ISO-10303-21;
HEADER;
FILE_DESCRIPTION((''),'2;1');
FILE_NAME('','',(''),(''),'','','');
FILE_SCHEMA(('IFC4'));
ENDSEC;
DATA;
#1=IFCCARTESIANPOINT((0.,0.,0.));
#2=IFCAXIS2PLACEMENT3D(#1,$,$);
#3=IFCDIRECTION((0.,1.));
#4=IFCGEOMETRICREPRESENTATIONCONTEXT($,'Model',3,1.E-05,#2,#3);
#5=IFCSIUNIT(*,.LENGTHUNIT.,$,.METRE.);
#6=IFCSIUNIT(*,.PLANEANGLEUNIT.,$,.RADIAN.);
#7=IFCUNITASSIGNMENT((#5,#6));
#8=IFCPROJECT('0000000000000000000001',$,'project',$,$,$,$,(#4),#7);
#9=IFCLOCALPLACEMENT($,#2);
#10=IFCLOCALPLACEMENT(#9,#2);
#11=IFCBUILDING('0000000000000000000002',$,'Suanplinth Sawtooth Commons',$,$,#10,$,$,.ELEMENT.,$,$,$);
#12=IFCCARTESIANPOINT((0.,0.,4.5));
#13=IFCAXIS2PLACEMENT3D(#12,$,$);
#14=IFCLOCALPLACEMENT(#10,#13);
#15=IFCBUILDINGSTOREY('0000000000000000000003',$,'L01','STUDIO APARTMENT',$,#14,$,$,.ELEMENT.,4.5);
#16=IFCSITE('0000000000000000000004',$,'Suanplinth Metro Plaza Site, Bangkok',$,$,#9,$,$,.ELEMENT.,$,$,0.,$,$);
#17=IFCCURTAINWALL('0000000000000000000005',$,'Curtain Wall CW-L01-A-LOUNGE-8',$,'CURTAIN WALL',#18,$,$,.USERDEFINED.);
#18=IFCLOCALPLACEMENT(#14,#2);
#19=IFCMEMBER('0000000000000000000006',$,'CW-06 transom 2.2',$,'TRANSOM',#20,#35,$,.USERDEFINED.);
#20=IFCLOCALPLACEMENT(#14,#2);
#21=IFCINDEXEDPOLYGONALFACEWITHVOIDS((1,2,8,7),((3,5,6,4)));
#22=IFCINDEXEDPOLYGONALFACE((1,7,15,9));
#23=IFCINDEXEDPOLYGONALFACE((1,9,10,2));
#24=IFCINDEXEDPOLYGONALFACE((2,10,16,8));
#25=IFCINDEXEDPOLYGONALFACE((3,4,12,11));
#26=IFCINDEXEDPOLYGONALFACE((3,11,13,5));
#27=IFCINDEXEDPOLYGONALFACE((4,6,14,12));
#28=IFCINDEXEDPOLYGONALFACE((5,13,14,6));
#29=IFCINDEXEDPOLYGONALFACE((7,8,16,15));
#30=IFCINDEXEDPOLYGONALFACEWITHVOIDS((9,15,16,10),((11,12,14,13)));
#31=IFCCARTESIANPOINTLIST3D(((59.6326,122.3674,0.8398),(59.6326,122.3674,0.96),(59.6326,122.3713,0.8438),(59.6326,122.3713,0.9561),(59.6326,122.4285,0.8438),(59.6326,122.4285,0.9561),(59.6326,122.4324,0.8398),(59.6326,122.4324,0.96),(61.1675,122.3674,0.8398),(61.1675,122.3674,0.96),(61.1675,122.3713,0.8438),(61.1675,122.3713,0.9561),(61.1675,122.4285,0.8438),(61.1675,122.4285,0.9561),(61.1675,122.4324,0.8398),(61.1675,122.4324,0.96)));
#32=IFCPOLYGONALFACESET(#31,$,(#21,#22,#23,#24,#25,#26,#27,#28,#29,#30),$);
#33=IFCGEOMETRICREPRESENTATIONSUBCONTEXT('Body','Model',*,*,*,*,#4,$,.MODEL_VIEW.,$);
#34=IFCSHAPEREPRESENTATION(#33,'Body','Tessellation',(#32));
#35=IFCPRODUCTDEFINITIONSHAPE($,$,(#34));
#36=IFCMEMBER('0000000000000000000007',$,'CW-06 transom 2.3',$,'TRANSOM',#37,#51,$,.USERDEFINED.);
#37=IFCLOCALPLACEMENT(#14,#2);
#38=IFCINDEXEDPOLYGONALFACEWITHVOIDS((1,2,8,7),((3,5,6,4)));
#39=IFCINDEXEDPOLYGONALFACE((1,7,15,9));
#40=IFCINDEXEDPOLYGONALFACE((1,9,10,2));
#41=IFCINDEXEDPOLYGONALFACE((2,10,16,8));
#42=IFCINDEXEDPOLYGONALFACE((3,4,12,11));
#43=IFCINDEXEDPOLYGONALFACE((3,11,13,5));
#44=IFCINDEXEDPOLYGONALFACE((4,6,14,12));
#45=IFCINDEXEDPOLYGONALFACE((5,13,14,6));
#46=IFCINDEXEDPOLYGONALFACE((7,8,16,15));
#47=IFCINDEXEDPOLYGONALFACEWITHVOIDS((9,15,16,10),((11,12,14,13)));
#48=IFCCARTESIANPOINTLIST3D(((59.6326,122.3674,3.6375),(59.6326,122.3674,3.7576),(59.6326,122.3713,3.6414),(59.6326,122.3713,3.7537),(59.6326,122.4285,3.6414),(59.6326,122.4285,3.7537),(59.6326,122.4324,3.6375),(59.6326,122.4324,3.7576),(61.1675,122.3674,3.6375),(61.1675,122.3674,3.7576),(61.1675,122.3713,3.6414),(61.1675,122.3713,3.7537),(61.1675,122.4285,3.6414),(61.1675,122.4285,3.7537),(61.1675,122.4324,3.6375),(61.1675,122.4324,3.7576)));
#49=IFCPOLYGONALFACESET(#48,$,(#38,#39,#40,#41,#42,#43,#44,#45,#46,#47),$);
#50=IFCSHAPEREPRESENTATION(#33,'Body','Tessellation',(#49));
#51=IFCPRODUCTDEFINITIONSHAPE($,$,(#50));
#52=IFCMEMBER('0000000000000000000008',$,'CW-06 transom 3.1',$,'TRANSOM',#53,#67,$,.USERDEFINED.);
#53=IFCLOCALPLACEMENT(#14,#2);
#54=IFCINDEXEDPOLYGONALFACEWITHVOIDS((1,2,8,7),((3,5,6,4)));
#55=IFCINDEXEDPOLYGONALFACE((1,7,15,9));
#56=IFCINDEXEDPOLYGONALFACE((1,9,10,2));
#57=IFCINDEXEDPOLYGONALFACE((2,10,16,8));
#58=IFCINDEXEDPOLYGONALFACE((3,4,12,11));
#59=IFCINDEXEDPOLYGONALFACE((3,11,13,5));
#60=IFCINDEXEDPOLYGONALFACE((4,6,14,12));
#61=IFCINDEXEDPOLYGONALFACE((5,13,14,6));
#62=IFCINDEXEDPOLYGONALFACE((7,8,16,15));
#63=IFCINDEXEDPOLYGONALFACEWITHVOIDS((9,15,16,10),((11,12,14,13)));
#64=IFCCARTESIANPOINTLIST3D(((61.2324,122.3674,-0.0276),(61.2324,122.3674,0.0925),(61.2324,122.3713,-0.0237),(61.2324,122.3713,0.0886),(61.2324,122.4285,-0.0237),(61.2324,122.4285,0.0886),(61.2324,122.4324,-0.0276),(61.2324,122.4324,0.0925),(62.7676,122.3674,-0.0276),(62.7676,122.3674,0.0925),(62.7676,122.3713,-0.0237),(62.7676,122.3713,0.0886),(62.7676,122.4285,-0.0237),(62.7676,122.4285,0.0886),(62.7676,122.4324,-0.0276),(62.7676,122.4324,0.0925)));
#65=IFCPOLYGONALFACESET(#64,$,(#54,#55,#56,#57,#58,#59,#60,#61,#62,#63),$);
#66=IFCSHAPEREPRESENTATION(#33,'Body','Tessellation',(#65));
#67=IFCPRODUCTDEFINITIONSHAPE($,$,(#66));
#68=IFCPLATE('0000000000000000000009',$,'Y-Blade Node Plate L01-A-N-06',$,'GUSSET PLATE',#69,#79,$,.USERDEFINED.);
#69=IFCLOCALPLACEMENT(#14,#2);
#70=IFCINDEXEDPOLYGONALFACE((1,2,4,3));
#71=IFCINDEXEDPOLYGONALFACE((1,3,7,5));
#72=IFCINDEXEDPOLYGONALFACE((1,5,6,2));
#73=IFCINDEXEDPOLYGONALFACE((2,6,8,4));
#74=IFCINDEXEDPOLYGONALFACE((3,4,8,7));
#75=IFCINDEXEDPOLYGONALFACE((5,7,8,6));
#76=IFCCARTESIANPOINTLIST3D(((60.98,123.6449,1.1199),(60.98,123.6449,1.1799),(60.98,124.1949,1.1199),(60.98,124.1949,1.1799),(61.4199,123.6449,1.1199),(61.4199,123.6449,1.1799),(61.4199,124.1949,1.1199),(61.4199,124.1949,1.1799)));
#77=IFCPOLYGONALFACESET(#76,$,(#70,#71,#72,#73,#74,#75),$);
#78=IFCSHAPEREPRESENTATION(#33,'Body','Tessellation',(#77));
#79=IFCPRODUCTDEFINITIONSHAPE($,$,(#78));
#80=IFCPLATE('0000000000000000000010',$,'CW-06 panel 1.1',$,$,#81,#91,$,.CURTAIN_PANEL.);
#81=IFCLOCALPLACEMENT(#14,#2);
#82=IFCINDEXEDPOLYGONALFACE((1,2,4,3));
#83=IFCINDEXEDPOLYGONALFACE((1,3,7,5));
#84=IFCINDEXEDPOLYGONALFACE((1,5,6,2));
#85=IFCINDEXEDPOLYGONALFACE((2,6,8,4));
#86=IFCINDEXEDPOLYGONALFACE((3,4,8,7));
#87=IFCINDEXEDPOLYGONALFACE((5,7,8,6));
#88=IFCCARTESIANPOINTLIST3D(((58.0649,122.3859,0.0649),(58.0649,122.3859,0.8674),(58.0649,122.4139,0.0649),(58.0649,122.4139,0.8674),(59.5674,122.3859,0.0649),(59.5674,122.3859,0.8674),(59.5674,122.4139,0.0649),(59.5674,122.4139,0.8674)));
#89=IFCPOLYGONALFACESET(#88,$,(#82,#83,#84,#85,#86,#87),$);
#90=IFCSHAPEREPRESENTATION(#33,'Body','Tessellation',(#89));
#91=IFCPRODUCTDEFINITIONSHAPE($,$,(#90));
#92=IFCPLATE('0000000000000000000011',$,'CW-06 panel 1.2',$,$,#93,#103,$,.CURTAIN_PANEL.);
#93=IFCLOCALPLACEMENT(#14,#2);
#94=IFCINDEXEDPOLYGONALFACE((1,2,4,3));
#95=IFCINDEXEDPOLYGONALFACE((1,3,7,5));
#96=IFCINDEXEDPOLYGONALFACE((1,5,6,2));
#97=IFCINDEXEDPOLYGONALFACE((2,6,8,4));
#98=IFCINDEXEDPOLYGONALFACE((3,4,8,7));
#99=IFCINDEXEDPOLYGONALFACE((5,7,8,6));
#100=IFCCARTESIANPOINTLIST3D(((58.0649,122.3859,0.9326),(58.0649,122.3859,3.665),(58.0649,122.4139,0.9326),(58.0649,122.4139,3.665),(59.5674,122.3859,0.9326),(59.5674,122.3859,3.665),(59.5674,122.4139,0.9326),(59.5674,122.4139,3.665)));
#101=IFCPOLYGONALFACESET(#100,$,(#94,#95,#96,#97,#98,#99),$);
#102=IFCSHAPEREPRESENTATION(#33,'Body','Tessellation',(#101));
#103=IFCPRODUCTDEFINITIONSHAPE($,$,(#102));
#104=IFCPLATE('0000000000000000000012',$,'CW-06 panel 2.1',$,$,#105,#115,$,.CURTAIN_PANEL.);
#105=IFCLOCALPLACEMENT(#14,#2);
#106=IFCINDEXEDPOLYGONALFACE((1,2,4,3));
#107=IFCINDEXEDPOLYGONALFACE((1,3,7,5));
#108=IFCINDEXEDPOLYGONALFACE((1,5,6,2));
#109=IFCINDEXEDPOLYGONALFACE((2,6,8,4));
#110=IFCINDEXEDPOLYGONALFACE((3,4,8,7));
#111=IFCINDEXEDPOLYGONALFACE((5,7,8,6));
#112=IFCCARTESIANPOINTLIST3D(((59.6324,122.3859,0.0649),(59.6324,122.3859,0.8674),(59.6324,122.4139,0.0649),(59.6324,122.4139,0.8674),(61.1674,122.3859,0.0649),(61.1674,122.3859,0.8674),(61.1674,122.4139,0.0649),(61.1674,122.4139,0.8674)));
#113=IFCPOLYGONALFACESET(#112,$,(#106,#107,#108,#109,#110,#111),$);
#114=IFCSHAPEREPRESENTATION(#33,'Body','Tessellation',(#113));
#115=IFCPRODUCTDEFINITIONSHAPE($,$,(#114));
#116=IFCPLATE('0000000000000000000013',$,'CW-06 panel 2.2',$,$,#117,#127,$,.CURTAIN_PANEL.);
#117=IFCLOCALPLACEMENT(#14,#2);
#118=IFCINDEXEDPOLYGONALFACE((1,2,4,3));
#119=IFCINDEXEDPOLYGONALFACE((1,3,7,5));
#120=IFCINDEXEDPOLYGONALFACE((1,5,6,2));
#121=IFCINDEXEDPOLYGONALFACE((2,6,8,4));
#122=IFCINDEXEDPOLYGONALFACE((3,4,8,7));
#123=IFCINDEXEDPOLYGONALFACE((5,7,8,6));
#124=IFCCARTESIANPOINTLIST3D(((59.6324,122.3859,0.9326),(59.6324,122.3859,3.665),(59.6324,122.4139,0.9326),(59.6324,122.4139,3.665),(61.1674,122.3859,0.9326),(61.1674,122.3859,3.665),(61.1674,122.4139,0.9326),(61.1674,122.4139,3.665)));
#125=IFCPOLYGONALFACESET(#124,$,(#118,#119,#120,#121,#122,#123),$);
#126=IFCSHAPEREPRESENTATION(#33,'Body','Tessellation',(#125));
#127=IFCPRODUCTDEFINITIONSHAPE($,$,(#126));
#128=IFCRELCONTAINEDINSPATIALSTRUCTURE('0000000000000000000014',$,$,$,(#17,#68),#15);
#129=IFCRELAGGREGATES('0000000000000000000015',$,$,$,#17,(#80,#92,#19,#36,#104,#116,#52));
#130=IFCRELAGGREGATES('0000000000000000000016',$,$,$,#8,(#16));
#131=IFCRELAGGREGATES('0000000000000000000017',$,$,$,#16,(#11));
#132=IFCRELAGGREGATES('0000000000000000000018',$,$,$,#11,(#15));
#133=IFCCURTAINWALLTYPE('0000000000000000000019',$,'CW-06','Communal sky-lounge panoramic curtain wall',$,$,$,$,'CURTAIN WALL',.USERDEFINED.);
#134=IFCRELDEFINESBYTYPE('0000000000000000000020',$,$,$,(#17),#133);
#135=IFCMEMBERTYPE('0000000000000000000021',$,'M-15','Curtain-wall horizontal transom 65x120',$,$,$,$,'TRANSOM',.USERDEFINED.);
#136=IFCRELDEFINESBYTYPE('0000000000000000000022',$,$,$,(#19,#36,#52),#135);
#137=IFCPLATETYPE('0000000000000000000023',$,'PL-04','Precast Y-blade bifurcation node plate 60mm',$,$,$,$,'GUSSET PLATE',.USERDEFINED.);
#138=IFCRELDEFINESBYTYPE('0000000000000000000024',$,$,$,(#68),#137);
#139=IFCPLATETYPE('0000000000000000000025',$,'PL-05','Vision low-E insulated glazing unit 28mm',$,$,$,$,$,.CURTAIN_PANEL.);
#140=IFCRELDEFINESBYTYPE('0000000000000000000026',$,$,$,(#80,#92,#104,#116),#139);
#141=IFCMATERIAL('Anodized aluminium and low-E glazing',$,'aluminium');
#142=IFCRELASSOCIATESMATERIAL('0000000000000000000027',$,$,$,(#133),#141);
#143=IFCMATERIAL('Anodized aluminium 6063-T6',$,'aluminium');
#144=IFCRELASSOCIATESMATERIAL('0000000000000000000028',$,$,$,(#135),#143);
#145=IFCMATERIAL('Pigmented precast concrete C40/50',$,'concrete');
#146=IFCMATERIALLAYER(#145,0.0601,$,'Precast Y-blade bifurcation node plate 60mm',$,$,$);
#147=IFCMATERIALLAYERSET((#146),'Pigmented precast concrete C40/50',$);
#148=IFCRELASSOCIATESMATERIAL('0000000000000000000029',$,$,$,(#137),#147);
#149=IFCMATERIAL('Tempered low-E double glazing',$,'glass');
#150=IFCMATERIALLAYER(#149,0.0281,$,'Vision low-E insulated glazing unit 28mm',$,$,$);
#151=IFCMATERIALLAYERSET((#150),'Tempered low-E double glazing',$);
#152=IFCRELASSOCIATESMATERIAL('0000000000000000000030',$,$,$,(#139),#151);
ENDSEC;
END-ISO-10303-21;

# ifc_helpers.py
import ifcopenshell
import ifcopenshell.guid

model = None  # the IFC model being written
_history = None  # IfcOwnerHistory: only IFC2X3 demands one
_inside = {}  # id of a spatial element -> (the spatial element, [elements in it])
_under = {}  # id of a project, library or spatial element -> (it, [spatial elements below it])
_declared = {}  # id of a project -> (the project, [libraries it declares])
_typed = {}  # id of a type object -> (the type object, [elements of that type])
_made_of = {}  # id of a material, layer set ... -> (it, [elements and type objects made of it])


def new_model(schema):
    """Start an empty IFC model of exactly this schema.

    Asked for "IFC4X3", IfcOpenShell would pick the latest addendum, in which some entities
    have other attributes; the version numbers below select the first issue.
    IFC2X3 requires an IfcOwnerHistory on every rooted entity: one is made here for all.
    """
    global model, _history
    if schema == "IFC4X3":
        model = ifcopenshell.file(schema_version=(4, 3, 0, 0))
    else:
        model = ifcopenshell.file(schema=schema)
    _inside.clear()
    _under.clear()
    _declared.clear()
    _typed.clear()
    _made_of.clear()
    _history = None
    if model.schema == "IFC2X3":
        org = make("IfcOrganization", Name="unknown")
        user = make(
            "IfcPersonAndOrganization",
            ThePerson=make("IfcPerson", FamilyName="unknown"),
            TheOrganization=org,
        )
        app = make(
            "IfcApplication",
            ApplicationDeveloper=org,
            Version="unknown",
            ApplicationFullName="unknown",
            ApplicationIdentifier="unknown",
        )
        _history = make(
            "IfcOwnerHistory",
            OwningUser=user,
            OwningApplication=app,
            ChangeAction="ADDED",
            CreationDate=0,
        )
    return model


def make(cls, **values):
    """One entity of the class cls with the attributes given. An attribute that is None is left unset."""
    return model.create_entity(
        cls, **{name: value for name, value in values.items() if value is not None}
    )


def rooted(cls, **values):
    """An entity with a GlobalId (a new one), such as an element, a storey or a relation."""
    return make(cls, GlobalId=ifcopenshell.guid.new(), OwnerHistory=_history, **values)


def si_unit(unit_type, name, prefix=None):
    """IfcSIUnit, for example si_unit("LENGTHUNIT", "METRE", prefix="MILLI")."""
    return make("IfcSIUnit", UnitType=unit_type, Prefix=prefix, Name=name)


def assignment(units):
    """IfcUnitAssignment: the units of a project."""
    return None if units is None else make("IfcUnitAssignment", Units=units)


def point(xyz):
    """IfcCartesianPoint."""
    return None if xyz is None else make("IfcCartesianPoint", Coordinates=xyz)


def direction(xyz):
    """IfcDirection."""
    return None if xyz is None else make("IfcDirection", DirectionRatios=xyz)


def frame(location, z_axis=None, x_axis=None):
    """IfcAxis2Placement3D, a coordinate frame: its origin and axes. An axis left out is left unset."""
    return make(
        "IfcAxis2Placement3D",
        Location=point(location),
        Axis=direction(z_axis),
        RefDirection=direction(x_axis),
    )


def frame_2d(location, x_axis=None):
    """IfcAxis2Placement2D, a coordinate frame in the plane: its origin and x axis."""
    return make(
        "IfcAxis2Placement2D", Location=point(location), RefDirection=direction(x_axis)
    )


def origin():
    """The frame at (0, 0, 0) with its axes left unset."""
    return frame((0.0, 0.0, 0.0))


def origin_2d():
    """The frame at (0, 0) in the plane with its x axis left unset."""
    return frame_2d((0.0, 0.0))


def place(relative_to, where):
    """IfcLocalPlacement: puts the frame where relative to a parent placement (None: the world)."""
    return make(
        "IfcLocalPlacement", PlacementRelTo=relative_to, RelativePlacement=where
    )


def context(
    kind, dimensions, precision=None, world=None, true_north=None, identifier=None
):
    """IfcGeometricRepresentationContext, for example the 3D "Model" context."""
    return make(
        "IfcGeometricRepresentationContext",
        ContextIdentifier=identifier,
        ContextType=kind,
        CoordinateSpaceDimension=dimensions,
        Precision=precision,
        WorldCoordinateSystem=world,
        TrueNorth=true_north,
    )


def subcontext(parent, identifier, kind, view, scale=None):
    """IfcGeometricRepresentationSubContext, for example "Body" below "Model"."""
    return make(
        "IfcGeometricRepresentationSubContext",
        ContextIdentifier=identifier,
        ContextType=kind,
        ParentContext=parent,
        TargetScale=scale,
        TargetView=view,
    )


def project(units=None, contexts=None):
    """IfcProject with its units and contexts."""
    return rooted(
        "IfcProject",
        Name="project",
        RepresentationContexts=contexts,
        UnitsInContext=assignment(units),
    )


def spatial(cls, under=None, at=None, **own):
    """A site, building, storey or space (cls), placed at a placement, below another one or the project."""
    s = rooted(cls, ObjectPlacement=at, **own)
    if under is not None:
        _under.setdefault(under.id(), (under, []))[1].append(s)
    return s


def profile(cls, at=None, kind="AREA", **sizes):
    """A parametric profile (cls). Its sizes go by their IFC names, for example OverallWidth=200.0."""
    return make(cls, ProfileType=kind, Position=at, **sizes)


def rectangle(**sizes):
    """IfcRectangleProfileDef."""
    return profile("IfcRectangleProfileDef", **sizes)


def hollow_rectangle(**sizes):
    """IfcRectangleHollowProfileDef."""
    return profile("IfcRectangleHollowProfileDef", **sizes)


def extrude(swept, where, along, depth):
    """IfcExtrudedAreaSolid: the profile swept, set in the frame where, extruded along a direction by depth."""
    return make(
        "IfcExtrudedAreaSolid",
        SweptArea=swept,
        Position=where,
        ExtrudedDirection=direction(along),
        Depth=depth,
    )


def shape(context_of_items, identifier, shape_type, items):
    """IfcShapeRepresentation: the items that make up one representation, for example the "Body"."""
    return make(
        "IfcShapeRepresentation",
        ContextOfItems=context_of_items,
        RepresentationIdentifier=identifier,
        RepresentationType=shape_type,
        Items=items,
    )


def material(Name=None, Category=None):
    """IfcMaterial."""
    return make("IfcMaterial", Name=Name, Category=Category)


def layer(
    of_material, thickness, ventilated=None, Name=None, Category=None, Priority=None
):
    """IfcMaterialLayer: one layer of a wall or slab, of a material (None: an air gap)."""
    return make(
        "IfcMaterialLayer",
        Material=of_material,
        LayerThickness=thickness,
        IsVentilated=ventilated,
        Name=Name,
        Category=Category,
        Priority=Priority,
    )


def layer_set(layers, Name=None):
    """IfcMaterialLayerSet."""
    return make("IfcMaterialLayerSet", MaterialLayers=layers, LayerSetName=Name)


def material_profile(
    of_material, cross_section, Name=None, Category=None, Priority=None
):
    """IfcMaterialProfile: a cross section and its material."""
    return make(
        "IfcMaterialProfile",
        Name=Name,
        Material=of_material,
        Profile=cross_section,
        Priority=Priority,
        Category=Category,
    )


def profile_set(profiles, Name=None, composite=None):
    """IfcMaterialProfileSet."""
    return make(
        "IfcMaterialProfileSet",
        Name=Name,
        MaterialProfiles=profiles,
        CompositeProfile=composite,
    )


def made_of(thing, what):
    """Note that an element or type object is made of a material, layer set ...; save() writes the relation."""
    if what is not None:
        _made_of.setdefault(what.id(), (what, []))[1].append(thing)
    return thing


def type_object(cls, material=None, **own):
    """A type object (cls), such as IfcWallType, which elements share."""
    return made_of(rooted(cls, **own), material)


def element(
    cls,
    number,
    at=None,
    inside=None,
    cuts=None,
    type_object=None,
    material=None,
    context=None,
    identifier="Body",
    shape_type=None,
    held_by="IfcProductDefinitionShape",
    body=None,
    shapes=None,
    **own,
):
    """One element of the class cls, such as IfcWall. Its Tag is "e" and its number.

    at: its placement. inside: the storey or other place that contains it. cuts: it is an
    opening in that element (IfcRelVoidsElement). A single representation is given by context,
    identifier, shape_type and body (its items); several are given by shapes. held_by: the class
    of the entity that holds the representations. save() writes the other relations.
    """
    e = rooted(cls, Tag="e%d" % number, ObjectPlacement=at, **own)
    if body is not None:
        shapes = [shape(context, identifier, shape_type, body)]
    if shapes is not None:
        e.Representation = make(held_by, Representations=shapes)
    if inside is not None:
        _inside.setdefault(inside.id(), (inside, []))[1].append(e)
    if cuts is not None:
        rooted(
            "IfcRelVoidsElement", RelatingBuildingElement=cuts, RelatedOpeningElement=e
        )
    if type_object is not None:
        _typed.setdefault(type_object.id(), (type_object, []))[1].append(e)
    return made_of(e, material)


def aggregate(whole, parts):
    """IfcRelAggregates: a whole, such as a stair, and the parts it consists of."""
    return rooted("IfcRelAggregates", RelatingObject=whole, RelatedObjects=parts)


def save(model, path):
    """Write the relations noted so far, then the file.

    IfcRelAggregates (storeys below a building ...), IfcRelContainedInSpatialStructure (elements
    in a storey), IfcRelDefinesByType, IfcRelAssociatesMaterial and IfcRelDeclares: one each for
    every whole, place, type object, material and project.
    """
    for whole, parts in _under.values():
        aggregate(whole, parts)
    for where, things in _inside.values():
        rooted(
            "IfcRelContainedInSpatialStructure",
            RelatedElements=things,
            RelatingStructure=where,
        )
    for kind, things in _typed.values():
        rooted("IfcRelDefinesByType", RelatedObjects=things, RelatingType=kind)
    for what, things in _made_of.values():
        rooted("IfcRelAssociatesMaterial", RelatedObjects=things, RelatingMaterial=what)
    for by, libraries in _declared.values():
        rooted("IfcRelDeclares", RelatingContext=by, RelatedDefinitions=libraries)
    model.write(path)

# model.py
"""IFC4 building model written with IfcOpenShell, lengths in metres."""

from ifc_helpers import new_model, si_unit, direction, frame, origin, origin_2d, place, context, subcontext, project, spatial, rectangle, hollow_rectangle, extrude, material, layer, layer_set, material_profile, profile_set, type_object, element, aggregate, save


model = new_model("IFC4")

# Units and contexts
model_context = context("Model", 3, precision=1e-05, world=origin(), true_north=direction((0.0, 1.0)))
body_context = subcontext(model_context, "Body", "Model", "MODEL_VIEW")
ifc_project = project(units=[si_unit("LENGTHUNIT", "METRE"), si_unit("PLANEANGLEUNIT", "RADIAN")], contexts=[model_context])

# Site, building, storey
site_placement = place(None, origin())
site = spatial("IfcSite", under=ifc_project, at=site_placement, Name="Suanplinth Metro Plaza Site, Bangkok", CompositionType="ELEMENT", RefElevation=0.0)
building_placement = place(site_placement, origin())
building = spatial("IfcBuilding", under=site, at=building_placement, Name="Suanplinth Sawtooth Commons", CompositionType="ELEMENT")
storey_placement = place(building_placement, frame((0.0, 0.0, 4.5)))
storey = spatial("IfcBuildingStorey", under=building, at=storey_placement, Name="L01", Description="STUDIO APARTMENT", CompositionType="ELEMENT", Elevation=4.5)

# Shared definitions
ifc_material_1 = material(Name="Pigmented precast concrete C40/50", Category="concrete")

# Curtain wall, members
ifc_material_2 = material(Name="Anodized aluminium and low-E glazing", Category="aluminium")
curtain_wall_type = type_object("IfcCurtainWallType", Name="CW-06", Description="Communal sky-lounge panoramic curtain wall", ElementType="CURTAIN WALL", PredefinedType="USERDEFINED", material=ifc_material_2)
curtain_wall_placement = place(storey_placement, origin())
curtain_wall = element("IfcCurtainWall", 1, at=curtain_wall_placement, inside=storey, type_object=curtain_wall_type, Name="Curtain Wall CW-L01-A-LOUNGE-8", ObjectType="CURTAIN WALL", PredefinedType="USERDEFINED")
ifc_material_3 = material(Name="Anodized aluminium 6063-T6", Category="aluminium")
ifc_material_profile_1 = material_profile(ifc_material_3, hollow_rectangle(XDim=0.0649, YDim=0.1201, WallThickness=0.0039, at=origin_2d()), Name="ALU-TRN 65x120")
ifc_profile_set_1 = profile_set([ifc_material_profile_1], Name="Anodized aluminium 6063-T6")
member_type_1 = type_object("IfcMemberType", Name="M-15", Description="Curtain-wall horizontal transom 65x120", ElementType="TRANSOM", PredefinedType="USERDEFINED", material=ifc_profile_set_1)
member_1_placement = place(storey_placement, frame((59.6326, 122.3999, 0.8999), z_axis=(1.0, 0.0, 0.0), x_axis=(0.0, 1.0, 0.0)))
member_1 = element("IfcMember", 2, at=member_1_placement, type_object=member_type_1, Name="CW-06 transom 2.2", ObjectType="TRANSOM", PredefinedType="USERDEFINED", context=body_context, shape_type="SweptSolid", body=[
    extrude(hollow_rectangle(XDim=0.0649, YDim=0.1201, WallThickness=0.0039, at=origin_2d()), origin(), (0.0, 0.0, 1.0), 1.5349),
])
member_2_placement = place(storey_placement, frame((59.6326, 122.3999, 3.6975), z_axis=(1.0, 0.0, 0.0), x_axis=(0.0, 1.0, 0.0)))
member_2 = element("IfcMember", 3, at=member_2_placement, type_object=member_type_1, Name="CW-06 transom 2.3", ObjectType="TRANSOM", PredefinedType="USERDEFINED", context=body_context, shape_type="SweptSolid", body=[
    extrude(hollow_rectangle(XDim=0.0649, YDim=0.1201, WallThickness=0.0039, at=origin_2d()), origin(), (0.0, 0.0, 1.0), 1.5349),
])
member_3_placement = place(storey_placement, frame((61.2324, 122.3999, 0.0325), z_axis=(1.0, 0.0, 0.0), x_axis=(0.0, 1.0, 0.0)))
member_3 = element("IfcMember", 4, at=member_3_placement, type_object=member_type_1, Name="CW-06 transom 3.1", ObjectType="TRANSOM", PredefinedType="USERDEFINED", context=body_context, shape_type="SweptSolid", body=[
    extrude(hollow_rectangle(XDim=0.0649, YDim=0.1201, WallThickness=0.0039, at=origin_2d()), origin(), (0.0, 0.0, 1.0), 1.5352),
])

# Plates
ifc_layer_1 = layer(ifc_material_1, 0.0601, Name="Precast Y-blade bifurcation node plate 60mm")
ifc_layer_set_1 = layer_set([ifc_layer_1], Name="Pigmented precast concrete C40/50")
plate_type_1 = type_object("IfcPlateType", Name="PL-04", Description="Precast Y-blade bifurcation node plate 60mm", ElementType="GUSSET PLATE", PredefinedType="USERDEFINED", material=ifc_layer_set_1)
plate_1_placement = place(storey_placement, frame((61.2, 123.9199, 1.1199), z_axis=(0.0, 0.0, 1.0), x_axis=(1.0, 0.0, 0.0)))
element("IfcPlate", 5, at=plate_1_placement, inside=storey, type_object=plate_type_1, Name="Y-Blade Node Plate L01-A-N-06", ObjectType="GUSSET PLATE", PredefinedType="USERDEFINED", context=body_context, shape_type="SweptSolid", body=[
    extrude(rectangle(XDim=0.4399, YDim=0.55, at=origin_2d()), origin(), (0.0, 0.0, 1.0), 0.0601),
])
ifc_material_4 = material(Name="Tempered low-E double glazing", Category="glass")
ifc_layer_2 = layer(ifc_material_4, 0.0281, Name="Vision low-E insulated glazing unit 28mm")
ifc_layer_set_2 = layer_set([ifc_layer_2], Name="Tempered low-E double glazing")
plate_type_2 = type_object("IfcPlateType", Name="PL-05", Description="Vision low-E insulated glazing unit 28mm", PredefinedType="CURTAIN_PANEL", material=ifc_layer_set_2)
plate_2_placement = place(storey_placement, frame((58.8162, 122.3999, 0.0649), z_axis=(0.0, 0.0, 1.0), x_axis=(1.0, 0.0, 0.0)))
plate_2 = element("IfcPlate", 6, at=plate_2_placement, type_object=plate_type_2, Name="CW-06 panel 1.1", PredefinedType="CURTAIN_PANEL", context=body_context, shape_type="SweptSolid", body=[
    extrude(rectangle(XDim=1.5024, YDim=0.0281, at=origin_2d()), origin(), (0.0, 0.0, 1.0), 0.8025),
])
plate_3_placement = place(storey_placement, frame((58.8162, 122.3999, 0.9326), z_axis=(0.0, 0.0, 1.0), x_axis=(1.0, 0.0, 0.0)))
plate_3 = element("IfcPlate", 7, at=plate_3_placement, type_object=plate_type_2, Name="CW-06 panel 1.2", PredefinedType="CURTAIN_PANEL", context=body_context, shape_type="SweptSolid", body=[
    extrude(rectangle(XDim=1.5024, YDim=0.0281, at=origin_2d()), origin(), (0.0, 0.0, 1.0), 2.7324),
])
plate_4_placement = place(storey_placement, frame((60.3999, 122.3999, 0.0649), z_axis=(0.0, 0.0, 1.0), x_axis=(1.0, 0.0, 0.0)))
plate_4 = element("IfcPlate", 8, at=plate_4_placement, type_object=plate_type_2, Name="CW-06 panel 2.1", PredefinedType="CURTAIN_PANEL", context=body_context, shape_type="SweptSolid", body=[
    extrude(rectangle(XDim=1.5349, YDim=0.0281, at=origin_2d()), origin(), (0.0, 0.0, 1.0), 0.8025),
])
plate_5_placement = place(storey_placement, frame((60.3999, 122.3999, 0.9326), z_axis=(0.0, 0.0, 1.0), x_axis=(1.0, 0.0, 0.0)))
plate_5 = element("IfcPlate", 9, at=plate_5_placement, type_object=plate_type_2, Name="CW-06 panel 2.2", PredefinedType="CURTAIN_PANEL", context=body_context, shape_type="SweptSolid", body=[
    extrude(rectangle(XDim=1.5349, YDim=0.0281, at=origin_2d()), origin(), (0.0, 0.0, 1.0), 2.7324),
])
aggregate(curtain_wall, [plate_2, plate_3, member_1, member_2, plate_4, plate_5, member_3])

save(model, "model.ifc")
